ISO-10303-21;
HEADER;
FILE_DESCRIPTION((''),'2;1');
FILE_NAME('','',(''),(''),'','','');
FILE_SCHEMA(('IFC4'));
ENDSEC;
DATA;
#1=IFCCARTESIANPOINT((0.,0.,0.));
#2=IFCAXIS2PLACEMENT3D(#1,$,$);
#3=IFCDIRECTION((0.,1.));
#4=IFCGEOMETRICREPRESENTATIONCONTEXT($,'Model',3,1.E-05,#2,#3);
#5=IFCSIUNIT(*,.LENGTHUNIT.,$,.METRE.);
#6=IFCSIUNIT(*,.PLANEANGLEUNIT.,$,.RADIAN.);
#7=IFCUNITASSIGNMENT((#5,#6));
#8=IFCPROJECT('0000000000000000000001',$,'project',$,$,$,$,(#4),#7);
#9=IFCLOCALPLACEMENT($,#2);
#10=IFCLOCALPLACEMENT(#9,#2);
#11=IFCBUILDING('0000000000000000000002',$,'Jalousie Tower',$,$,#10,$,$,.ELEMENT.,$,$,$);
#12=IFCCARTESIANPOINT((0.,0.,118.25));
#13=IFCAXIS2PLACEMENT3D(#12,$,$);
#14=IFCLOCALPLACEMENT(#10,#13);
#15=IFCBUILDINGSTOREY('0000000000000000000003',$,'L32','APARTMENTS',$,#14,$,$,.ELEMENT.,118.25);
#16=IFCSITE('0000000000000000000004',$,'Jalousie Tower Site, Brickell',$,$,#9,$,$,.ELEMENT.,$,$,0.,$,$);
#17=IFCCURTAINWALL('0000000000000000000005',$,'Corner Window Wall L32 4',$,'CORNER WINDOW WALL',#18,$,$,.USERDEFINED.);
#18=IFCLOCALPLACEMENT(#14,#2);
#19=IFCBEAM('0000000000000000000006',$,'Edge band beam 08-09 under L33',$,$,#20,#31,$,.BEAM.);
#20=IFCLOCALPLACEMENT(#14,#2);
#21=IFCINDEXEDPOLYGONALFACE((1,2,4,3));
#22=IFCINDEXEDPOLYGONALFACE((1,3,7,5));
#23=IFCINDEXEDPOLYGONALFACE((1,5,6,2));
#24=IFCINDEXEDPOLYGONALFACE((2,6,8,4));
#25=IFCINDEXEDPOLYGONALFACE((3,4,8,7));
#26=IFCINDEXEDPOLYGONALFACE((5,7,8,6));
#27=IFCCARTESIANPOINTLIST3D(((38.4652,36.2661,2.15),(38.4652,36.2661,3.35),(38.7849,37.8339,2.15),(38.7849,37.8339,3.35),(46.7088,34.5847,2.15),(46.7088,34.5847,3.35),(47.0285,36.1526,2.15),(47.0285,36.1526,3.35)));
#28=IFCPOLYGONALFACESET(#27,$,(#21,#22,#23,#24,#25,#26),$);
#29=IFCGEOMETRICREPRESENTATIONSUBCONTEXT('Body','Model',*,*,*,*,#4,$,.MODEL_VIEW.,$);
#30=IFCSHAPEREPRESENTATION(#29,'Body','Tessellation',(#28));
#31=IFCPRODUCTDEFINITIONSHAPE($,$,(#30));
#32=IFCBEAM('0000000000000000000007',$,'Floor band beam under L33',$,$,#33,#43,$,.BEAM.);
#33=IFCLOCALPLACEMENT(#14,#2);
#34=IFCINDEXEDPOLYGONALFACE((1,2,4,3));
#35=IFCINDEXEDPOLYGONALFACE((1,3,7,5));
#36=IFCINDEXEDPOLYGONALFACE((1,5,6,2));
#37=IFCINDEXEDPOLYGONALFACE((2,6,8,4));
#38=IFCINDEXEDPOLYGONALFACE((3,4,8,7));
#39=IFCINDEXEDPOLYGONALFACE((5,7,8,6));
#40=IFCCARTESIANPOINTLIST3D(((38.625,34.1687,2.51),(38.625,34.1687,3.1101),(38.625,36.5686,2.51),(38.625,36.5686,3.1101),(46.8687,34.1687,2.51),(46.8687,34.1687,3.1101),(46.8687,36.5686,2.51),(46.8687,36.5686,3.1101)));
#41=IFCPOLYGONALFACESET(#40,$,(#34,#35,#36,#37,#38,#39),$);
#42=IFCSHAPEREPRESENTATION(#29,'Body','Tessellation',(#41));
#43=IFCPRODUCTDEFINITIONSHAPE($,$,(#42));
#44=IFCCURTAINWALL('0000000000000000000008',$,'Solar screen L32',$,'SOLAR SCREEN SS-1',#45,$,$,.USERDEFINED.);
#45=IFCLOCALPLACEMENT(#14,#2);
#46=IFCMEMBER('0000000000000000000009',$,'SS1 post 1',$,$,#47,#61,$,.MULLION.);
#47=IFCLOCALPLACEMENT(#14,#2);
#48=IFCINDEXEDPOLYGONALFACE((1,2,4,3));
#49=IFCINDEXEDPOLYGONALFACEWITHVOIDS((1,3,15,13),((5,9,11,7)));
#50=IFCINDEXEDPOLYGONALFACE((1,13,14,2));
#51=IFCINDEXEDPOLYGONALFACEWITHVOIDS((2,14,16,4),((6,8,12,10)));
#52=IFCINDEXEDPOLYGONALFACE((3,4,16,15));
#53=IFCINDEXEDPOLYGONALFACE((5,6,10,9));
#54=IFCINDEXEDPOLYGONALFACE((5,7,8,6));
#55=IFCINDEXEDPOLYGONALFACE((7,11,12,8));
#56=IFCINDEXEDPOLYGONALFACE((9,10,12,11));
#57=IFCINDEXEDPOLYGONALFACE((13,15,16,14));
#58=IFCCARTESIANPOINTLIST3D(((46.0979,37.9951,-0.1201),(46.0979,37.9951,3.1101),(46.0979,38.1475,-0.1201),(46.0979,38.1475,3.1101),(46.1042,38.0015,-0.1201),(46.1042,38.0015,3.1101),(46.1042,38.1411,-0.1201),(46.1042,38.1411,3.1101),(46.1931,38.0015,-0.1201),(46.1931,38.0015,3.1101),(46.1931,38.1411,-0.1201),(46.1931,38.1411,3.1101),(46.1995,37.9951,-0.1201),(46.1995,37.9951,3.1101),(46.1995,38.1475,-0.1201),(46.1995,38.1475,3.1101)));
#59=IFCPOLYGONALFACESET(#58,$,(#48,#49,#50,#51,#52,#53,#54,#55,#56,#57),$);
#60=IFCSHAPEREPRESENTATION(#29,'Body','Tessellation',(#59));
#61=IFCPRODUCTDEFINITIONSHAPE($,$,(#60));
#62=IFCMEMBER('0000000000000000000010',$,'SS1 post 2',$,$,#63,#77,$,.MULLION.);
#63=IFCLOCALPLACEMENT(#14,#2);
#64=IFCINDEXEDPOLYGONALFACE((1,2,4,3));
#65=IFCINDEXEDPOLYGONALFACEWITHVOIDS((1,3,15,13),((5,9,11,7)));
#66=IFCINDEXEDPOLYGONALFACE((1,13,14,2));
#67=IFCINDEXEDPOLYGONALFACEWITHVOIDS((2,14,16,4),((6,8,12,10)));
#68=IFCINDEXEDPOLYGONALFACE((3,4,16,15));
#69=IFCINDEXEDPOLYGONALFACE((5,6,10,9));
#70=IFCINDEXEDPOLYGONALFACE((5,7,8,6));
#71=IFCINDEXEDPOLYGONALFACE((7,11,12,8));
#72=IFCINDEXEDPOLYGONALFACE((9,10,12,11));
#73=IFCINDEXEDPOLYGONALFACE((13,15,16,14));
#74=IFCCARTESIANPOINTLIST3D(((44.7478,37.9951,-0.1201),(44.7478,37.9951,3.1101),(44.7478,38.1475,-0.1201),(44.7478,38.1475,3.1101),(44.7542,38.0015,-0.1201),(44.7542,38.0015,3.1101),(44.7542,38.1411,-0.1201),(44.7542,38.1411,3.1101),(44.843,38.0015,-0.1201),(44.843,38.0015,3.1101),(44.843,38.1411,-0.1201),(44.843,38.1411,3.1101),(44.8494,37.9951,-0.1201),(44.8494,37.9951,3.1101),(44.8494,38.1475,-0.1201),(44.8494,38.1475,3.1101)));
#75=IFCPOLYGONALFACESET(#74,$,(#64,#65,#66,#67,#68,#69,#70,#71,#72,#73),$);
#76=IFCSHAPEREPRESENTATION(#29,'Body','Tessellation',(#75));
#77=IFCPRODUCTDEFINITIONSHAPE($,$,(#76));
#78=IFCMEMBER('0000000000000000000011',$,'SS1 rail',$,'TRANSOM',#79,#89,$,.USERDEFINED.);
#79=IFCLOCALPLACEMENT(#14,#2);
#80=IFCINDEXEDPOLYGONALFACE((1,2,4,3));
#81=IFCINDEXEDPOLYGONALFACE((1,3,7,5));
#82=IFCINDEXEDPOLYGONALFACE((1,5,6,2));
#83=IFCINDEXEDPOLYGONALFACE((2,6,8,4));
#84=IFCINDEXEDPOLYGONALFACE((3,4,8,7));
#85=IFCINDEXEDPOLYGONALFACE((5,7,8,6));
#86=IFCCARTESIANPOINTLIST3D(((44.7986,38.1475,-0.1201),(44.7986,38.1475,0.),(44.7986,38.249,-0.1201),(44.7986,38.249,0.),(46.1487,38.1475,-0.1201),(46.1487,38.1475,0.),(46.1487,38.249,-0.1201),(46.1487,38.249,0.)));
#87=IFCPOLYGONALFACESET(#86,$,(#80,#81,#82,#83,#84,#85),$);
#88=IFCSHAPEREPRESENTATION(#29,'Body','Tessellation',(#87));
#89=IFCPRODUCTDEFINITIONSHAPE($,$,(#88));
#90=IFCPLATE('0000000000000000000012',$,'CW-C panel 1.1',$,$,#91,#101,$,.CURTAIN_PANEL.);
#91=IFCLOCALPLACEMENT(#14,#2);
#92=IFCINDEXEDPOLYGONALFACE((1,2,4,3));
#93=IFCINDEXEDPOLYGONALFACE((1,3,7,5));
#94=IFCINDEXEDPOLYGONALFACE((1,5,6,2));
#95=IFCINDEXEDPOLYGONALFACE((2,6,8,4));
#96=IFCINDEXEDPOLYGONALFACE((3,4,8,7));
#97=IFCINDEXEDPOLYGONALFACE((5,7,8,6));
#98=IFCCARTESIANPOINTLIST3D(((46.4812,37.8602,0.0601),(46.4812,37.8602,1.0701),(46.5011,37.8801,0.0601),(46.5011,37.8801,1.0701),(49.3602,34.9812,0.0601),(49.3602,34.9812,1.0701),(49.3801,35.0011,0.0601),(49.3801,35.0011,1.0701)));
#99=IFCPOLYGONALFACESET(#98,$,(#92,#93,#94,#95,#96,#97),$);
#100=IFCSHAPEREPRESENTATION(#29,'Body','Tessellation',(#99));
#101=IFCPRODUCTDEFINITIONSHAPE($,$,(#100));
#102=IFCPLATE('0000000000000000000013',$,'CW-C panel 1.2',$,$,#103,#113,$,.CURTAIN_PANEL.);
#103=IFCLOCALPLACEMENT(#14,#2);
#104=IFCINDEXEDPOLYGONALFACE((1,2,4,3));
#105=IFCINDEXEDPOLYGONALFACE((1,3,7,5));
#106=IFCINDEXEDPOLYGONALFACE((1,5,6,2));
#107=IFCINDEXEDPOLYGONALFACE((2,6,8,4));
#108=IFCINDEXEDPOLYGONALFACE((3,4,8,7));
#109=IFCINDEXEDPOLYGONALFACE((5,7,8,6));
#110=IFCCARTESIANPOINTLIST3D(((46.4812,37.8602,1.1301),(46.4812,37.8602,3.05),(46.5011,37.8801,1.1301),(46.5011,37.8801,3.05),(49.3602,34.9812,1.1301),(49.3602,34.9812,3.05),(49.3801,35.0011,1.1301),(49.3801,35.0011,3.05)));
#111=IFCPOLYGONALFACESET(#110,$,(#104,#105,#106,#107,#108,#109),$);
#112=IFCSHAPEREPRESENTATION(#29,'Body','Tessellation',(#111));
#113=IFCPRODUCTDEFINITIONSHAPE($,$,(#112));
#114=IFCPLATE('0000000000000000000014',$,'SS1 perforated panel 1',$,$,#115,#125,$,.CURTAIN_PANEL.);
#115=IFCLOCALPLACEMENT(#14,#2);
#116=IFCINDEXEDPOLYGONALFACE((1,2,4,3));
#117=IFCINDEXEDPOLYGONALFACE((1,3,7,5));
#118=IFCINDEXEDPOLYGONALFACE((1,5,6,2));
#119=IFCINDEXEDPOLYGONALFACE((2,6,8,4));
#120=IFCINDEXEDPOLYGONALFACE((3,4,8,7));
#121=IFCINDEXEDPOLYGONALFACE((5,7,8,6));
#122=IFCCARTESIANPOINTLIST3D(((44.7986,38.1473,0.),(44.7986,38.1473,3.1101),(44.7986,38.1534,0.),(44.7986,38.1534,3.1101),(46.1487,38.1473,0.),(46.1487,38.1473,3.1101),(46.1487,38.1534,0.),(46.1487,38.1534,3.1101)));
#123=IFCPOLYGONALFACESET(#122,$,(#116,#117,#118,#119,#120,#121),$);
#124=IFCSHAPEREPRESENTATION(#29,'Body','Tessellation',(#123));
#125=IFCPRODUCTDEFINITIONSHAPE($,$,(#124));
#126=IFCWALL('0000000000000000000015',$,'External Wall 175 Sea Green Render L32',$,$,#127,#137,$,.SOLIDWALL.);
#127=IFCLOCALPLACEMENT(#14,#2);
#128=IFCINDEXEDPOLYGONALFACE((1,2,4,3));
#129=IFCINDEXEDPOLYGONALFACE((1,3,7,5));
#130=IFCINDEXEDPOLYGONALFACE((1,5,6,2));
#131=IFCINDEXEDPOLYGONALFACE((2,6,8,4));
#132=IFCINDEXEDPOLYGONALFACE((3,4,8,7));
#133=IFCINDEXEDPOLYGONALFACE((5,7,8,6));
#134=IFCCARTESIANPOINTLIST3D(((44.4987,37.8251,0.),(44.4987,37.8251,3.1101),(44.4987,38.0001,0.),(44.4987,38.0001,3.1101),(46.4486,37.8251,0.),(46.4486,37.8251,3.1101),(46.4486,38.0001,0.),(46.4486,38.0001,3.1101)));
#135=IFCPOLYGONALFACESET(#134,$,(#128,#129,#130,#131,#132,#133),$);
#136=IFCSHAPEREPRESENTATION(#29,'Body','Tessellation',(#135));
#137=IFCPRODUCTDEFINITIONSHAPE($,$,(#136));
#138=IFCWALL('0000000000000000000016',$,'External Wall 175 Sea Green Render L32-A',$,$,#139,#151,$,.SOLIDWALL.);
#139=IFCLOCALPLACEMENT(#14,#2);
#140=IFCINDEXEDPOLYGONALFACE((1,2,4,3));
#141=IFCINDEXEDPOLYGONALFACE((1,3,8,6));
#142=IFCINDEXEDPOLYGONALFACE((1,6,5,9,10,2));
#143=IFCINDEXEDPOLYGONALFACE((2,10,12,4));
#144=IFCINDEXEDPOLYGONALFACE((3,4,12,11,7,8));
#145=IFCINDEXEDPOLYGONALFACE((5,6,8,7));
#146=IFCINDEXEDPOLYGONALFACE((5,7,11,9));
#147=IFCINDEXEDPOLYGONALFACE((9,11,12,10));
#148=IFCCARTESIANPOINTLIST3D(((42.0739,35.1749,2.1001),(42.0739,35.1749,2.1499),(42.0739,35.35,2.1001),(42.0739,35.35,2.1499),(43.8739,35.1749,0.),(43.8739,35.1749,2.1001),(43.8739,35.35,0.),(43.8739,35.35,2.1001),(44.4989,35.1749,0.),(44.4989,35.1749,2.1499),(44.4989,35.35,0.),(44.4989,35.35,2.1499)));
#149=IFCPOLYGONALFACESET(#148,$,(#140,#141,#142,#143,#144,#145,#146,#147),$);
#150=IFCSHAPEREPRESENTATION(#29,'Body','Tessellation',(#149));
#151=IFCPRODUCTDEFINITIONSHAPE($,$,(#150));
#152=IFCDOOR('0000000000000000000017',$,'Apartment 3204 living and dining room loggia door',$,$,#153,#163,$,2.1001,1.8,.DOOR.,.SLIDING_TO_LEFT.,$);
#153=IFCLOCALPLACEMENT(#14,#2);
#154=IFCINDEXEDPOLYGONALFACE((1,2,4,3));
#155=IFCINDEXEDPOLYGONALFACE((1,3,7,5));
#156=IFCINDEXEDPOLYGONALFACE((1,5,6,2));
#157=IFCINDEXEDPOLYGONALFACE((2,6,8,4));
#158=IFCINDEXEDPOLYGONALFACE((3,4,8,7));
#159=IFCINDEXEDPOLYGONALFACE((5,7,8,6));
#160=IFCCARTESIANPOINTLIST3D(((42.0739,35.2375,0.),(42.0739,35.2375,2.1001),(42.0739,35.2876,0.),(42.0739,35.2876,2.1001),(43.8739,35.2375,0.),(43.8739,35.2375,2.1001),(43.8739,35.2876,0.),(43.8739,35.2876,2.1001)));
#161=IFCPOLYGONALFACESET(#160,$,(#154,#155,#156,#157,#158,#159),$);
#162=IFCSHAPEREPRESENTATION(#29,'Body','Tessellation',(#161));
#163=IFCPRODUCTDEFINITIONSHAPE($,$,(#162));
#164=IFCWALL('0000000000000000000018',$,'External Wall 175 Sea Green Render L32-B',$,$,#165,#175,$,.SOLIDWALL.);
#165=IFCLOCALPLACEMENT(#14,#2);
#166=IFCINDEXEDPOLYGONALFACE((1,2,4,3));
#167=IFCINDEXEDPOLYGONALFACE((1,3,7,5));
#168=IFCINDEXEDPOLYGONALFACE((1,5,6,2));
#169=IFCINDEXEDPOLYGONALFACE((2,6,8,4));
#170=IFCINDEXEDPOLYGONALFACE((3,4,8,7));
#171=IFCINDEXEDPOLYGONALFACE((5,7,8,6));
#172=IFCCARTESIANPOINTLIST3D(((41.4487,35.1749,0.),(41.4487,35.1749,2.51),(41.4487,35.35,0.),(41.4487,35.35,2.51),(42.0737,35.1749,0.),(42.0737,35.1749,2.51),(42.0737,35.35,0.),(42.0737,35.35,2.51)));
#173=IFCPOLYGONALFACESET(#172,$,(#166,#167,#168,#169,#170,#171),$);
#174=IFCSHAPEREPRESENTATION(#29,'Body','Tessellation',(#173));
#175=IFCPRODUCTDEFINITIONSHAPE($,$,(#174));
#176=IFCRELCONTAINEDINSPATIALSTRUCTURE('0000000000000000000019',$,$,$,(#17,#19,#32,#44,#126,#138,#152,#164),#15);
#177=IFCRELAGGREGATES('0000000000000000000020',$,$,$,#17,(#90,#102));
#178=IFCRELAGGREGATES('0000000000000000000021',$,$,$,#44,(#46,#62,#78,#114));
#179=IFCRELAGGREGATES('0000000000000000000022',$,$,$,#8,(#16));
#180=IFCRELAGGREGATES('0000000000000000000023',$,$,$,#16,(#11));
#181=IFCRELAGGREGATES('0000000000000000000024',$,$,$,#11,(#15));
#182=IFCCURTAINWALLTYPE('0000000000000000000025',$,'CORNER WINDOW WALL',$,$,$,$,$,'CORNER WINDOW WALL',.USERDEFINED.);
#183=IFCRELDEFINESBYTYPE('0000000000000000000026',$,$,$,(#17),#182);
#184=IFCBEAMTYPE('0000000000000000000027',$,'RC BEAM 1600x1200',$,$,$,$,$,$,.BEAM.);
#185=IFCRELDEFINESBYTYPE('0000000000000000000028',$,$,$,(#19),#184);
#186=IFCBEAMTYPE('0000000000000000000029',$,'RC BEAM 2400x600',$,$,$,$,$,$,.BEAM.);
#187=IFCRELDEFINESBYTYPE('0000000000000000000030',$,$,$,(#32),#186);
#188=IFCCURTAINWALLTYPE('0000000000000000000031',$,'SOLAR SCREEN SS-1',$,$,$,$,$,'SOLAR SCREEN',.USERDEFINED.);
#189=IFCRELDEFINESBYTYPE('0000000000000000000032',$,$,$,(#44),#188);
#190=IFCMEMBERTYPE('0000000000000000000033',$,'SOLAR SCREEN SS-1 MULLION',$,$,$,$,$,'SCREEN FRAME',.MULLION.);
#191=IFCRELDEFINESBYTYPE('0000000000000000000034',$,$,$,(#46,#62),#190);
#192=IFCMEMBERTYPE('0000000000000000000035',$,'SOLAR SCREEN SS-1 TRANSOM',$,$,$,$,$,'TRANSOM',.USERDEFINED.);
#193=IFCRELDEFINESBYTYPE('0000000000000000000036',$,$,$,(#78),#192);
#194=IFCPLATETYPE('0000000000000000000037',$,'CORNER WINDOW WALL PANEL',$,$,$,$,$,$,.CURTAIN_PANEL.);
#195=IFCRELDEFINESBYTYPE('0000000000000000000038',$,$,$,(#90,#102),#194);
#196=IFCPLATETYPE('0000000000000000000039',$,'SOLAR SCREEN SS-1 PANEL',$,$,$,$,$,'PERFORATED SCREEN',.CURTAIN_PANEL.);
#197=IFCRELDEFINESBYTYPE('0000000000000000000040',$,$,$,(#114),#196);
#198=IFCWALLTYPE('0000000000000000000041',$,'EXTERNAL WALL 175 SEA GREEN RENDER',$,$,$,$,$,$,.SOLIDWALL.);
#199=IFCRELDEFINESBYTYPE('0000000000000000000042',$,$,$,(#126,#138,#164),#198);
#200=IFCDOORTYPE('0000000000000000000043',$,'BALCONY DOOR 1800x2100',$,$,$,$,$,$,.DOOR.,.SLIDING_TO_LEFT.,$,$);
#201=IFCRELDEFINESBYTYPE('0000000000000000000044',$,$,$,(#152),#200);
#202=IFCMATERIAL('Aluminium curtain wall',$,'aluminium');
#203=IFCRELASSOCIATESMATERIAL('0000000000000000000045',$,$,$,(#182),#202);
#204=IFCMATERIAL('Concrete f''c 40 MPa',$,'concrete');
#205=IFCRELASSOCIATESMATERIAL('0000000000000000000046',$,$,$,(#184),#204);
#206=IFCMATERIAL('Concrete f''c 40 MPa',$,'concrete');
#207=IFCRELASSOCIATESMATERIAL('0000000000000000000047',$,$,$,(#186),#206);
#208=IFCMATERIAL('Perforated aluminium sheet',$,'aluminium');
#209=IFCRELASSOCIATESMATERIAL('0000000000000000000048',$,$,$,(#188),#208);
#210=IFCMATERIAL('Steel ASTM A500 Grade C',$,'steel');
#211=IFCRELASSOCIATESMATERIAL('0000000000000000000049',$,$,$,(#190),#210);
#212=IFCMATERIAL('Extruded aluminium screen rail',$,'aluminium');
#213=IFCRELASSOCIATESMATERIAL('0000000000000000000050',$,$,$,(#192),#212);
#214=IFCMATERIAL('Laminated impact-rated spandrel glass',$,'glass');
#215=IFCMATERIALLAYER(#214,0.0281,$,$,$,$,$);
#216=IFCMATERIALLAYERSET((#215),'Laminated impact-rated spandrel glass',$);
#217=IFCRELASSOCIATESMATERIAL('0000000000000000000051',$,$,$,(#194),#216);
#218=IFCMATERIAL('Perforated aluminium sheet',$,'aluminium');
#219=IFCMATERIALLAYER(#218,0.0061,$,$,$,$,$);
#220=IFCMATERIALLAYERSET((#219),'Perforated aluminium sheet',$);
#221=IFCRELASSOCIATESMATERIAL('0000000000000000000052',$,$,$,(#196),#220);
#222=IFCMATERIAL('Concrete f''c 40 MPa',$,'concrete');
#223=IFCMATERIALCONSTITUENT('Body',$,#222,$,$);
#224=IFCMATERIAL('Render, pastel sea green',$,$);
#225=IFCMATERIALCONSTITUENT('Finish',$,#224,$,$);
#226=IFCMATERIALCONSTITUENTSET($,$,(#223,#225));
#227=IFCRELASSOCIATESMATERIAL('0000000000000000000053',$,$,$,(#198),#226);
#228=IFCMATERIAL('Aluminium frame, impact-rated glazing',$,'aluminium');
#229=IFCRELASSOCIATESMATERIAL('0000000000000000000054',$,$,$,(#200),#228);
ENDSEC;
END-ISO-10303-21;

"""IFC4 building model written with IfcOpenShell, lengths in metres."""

from ifc_helpers import new_model, si_unit, direction, frame, frame_2d, origin, origin_2d, place, context, subcontext, project, spatial, rectangle, hollow_rectangle, extrude, material, layer, layer_set, constituent, constituent_set, material_profile, profile_set, type_object, element, fill, aggregate, save


model = new_model("IFC4")

# Units and contexts
model_context = context("Model", 3, precision=1e-05, world=origin(), true_north=direction((0.0, 1.0)))
body_context = subcontext(model_context, "Body", "Model", "MODEL_VIEW")
ifc_project = project(units=[si_unit("LENGTHUNIT", "METRE"), si_unit("PLANEANGLEUNIT", "RADIAN")], contexts=[model_context])

# Site, building, storey
site_placement = place(None, origin())
site = spatial("IfcSite", under=ifc_project, at=site_placement, Name="Jalousie Tower Site, Brickell", CompositionType="ELEMENT", RefElevation=0.0)
building_placement = place(site_placement, origin())
building = spatial("IfcBuilding", under=site, at=building_placement, Name="Jalousie Tower", CompositionType="ELEMENT")
storey_placement = place(building_placement, frame((0.0, 0.0, 118.25)))
storey = spatial("IfcBuildingStorey", under=building, at=storey_placement, Name="L32", Description="APARTMENTS", CompositionType="ELEMENT", Elevation=118.25)

# Curtain wall
ifc_material_1 = material(Name="Aluminium curtain wall", Category="aluminium")
curtain_wall_type_1 = type_object("IfcCurtainWallType", Name="CORNER WINDOW WALL", ElementType="CORNER WINDOW WALL", PredefinedType="USERDEFINED", material=ifc_material_1)
curtain_wall_1_placement = place(storey_placement, origin())
curtain_wall_1 = element("IfcCurtainWall", 1, at=curtain_wall_1_placement, inside=storey, type_object=curtain_wall_type_1, Name="Corner Window Wall L32 4", ObjectType="CORNER WINDOW WALL", PredefinedType="USERDEFINED")

# Beams
ifc_material_2 = material(Name="Concrete f'c 40 MPa", Category="concrete")
ifc_material_profile_1 = material_profile(ifc_material_2, rectangle(XDim=1.6001, YDim=1.2, at=origin_2d()), Name="RC 1600x1200")
ifc_profile_set_1 = profile_set([ifc_material_profile_1], Name="Concrete f'c 40 MPa")
beam_type_1 = type_object("IfcBeamType", Name="RC BEAM 1600x1200", PredefinedType="BEAM", material=ifc_profile_set_1)
beam_1_placement = place(storey_placement, frame((46.8687, 35.3687, 2.75), z_axis=(-0.979827, 0.199848, 0.0), x_axis=(-0.199848, -0.979827, 0.0)))
element("IfcBeam", 2, at=beam_1_placement, inside=storey, type_object=beam_type_1, Name="Edge band beam 08-09 under L33", PredefinedType="BEAM", context=body_context, shape_type="SweptSolid", body=[
    extrude(rectangle(XDim=1.6001, YDim=1.2, at=origin_2d()), origin(), (0.0, 0.0, 1.0), 8.4133),
])
ifc_material_3 = material(Name="Concrete f'c 40 MPa", Category="concrete")
ifc_material_profile_2 = material_profile(ifc_material_3, rectangle(XDim=2.3999, YDim=0.6001, at=origin_2d()), Name="RC 2400x600")
ifc_profile_set_2 = profile_set([ifc_material_profile_2], Name="Concrete f'c 40 MPa")
beam_type_2 = type_object("IfcBeamType", Name="RC BEAM 2400x600", PredefinedType="BEAM", material=ifc_profile_set_2)
beam_2_placement = place(storey_placement, frame((46.8687, 35.3687, 2.8101), z_axis=(-1.0, 0.0, 0.0), x_axis=(0.0, -1.0, 0.0)))
element("IfcBeam", 3, at=beam_2_placement, inside=storey, type_object=beam_type_2, Name="Floor band beam under L33", PredefinedType="BEAM", context=body_context, shape_type="SweptSolid", body=[
    extrude(rectangle(XDim=2.3999, YDim=0.6001, at=origin_2d()), origin(), (0.0, 0.0, 1.0), 8.2437),
])

# Curtain wall, members
ifc_material_4 = material(Name="Perforated aluminium sheet", Category="aluminium")
curtain_wall_type_2 = type_object("IfcCurtainWallType", Name="SOLAR SCREEN SS-1", ElementType="SOLAR SCREEN", PredefinedType="USERDEFINED", material=ifc_material_4)
curtain_wall_2_placement = place(storey_placement, origin())
curtain_wall_2 = element("IfcCurtainWall", 4, at=curtain_wall_2_placement, inside=storey, type_object=curtain_wall_type_2, Name="Solar screen L32", ObjectType="SOLAR SCREEN SS-1", PredefinedType="USERDEFINED")
ifc_material_5 = material(Name="Steel ASTM A500 Grade C", Category="steel")
ifc_material_profile_3 = material_profile(ifc_material_5, hollow_rectangle(XDim=0.1016, YDim=0.1523, WallThickness=0.0063, at=origin_2d()), Name="HSS6X4X1/4")
ifc_profile_set_3 = profile_set([ifc_material_profile_3], Name="Steel ASTM A500 Grade C")
member_type_1 = type_object("IfcMemberType", Name="SOLAR SCREEN SS-1 MULLION", ElementType="SCREEN FRAME", PredefinedType="MULLION", material=ifc_profile_set_3)
member_1_placement = place(storey_placement, frame((46.1487, 38.0713, -0.1201), z_axis=(0.0, 0.0, 1.0), x_axis=(-1.0, 0.0, 0.0)))
member_1 = element("IfcMember", 5, at=member_1_placement, type_object=member_type_1, Name="SS1 post 1", PredefinedType="MULLION", context=body_context, shape_type="SweptSolid", body=[
    extrude(hollow_rectangle(XDim=0.1016, YDim=0.1523, WallThickness=0.0063, at=origin_2d()), origin(), (0.0, 0.0, 1.0), 3.2302),
])
member_2_placement = place(storey_placement, frame((44.7986, 38.0713, -0.1201), z_axis=(0.0, 0.0, 1.0), x_axis=(-1.0, 0.0, 0.0)))
member_2 = element("IfcMember", 6, at=member_2_placement, type_object=member_type_1, Name="SS1 post 2", PredefinedType="MULLION", context=body_context, shape_type="SweptSolid", body=[
    extrude(hollow_rectangle(XDim=0.1016, YDim=0.1523, WallThickness=0.0063, at=origin_2d()), origin(), (0.0, 0.0, 1.0), 3.2302),
])
ifc_material_6 = material(Name="Extruded aluminium screen rail", Category="aluminium")
ifc_material_profile_4 = material_profile(ifc_material_6, rectangle(XDim=0.1016, YDim=0.1201, at=origin_2d()), Name="RAIL 102x120")
ifc_profile_set_4 = profile_set([ifc_material_profile_4], Name="Extruded aluminium screen rail")
member_type_2 = type_object("IfcMemberType", Name="SOLAR SCREEN SS-1 TRANSOM", ElementType="TRANSOM", PredefinedType="USERDEFINED", material=ifc_profile_set_4)
member_3_placement = place(storey_placement, frame((46.1487, 38.1982, -0.0601), z_axis=(-1.0, 0.0, 0.0), x_axis=(0.0, -1.0, 0.0)))
member_3 = element("IfcMember", 7, at=member_3_placement, type_object=member_type_2, Name="SS1 rail", ObjectType="TRANSOM", PredefinedType="USERDEFINED", context=body_context, shape_type="SweptSolid", body=[
    extrude(rectangle(XDim=0.1016, YDim=0.1201, at=origin_2d()), origin(), (0.0, 0.0, 1.0), 1.3501),
])

# Plates
ifc_material_7 = material(Name="Laminated impact-rated spandrel glass", Category="glass")
ifc_layer_1 = layer(ifc_material_7, 0.0281)
ifc_layer_set_1 = layer_set([ifc_layer_1], Name="Laminated impact-rated spandrel glass")
plate_type_1 = type_object("IfcPlateType", Name="CORNER WINDOW WALL PANEL", PredefinedType="CURTAIN_PANEL", material=ifc_layer_set_1)
plate_1_placement = place(storey_placement, frame((47.9307, 36.4307, 0.0601), z_axis=(0.0, 0.0, 1.0), x_axis=(-0.707107, 0.707107, 0.0)))
plate_1 = element("IfcPlate", 8, at=plate_1_placement, type_object=plate_type_1, Name="CW-C panel 1.1", PredefinedType="CURTAIN_PANEL", context=body_context, shape_type="SweptSolid", body=[
    extrude(rectangle(XDim=4.0715, YDim=0.0281, at=origin_2d()), origin(), (0.0, 0.0, 1.0), 1.01),
])
plate_2_placement = place(storey_placement, frame((47.9307, 36.4307, 1.1301), z_axis=(0.0, 0.0, 1.0), x_axis=(-0.707107, 0.707107, 0.0)))
plate_2 = element("IfcPlate", 9, at=plate_2_placement, type_object=plate_type_1, Name="CW-C panel 1.2", PredefinedType="CURTAIN_PANEL", context=body_context, shape_type="SweptSolid", body=[
    extrude(rectangle(XDim=4.0715, YDim=0.0281, at=origin_2d()), origin(), (0.0, 0.0, 1.0), 1.9199),
])
aggregate(curtain_wall_1, [plate_1, plate_2])
ifc_material_8 = material(Name="Perforated aluminium sheet", Category="aluminium")
ifc_layer_2 = layer(ifc_material_8, 0.0061)
ifc_layer_set_2 = layer_set([ifc_layer_2], Name="Perforated aluminium sheet")
plate_type_2 = type_object("IfcPlateType", Name="SOLAR SCREEN SS-1 PANEL", ElementType="PERFORATED SCREEN", PredefinedType="CURTAIN_PANEL", material=ifc_layer_set_2)
plate_3_placement = place(storey_placement, frame((45.4736, 38.1504, 0.0), z_axis=(0.0, 0.0, 1.0), x_axis=(-1.0, 0.0, 0.0)))
plate_3 = element("IfcPlate", 10, at=plate_3_placement, type_object=plate_type_2, Name="SS1 perforated panel 1", PredefinedType="CURTAIN_PANEL", context=body_context, shape_type="SweptSolid", body=[
    extrude(rectangle(XDim=1.3501, YDim=0.0061, at=origin_2d()), origin(), (0.0, 0.0, 1.0), 3.1101),
])
aggregate(curtain_wall_2, [member_1, member_2, member_3, plate_3])

# Wall
ifc_material_9 = material(Name="Concrete f'c 40 MPa", Category="concrete")
ifc_constituent_1 = constituent(ifc_material_9, Name="Body")
ifc_material_10 = material(Name="Render, pastel sea green")
ifc_constituent_2 = constituent(ifc_material_10, Name="Finish")
ifc_constituent_set_1 = constituent_set(constituents=[ifc_constituent_1, ifc_constituent_2])
wall_type_1 = type_object("IfcWallType", Name="EXTERNAL WALL 175 SEA GREEN RENDER", PredefinedType="SOLIDWALL", material=ifc_constituent_set_1)
wall_1_placement = place(storey_placement, frame((46.4487, 37.9126, 0.0), z_axis=(0.0, 0.0, 1.0), x_axis=(-1.0, 0.0, 0.0)))
element("IfcWall", 11, at=wall_1_placement, inside=storey, type_object=wall_type_1, Name="External Wall 175 Sea Green Render L32", PredefinedType="SOLIDWALL", context=body_context, shape_type="SweptSolid", body=[
    extrude(rectangle(XDim=1.95, YDim=0.175, at=frame_2d((0.9751, 0.0))), origin(), (0.0, 0.0, 1.0), 3.1101),
])

# Wall, opening, door
wall_2_placement = place(storey_placement, frame((44.4988, 35.2625, 0.0), z_axis=(0.0, 0.0, 1.0), x_axis=(-1.0, 0.0, 0.0)))
wall_2 = element("IfcWall", 12, at=wall_2_placement, inside=storey, type_object=wall_type_1, Name="External Wall 175 Sea Green Render L32-A", PredefinedType="SOLIDWALL", context=body_context, shape_type="SweptSolid", body=[
    extrude(rectangle(XDim=2.425, YDim=0.175, at=frame_2d((1.2124, 0.0))), origin(), (0.0, 0.0, 1.0), 2.1499),
])
opening_1_placement = place(wall_2_placement, frame((0.625, 0.0, 0.0)))
opening_1 = element("IfcOpeningElement", 13, at=opening_1_placement, cuts=wall_2, PredefinedType="OPENING", context=body_context, shape_type="SweptSolid", body=[
    extrude(rectangle(XDim=1.8, YDim=2.1001, at=frame_2d((0.8999, 1.05))), frame((0.0, 0.0974, 0.0), z_axis=(0.0, -1.0, 0.0), x_axis=(1.0, 0.0, 0.0)), (0.0, 0.0, 1.0), 0.1951),
])
ifc_material_11 = material(Name="Aluminium frame, impact-rated glazing", Category="aluminium")
door_type_1 = type_object("IfcDoorType", Name="BALCONY DOOR 1800x2100", OperationType="SLIDING_TO_LEFT", PredefinedType="DOOR", material=ifc_material_11)
door_1_placement = place(opening_1_placement, origin())
door_1 = element("IfcDoor", 14, at=door_1_placement, inside=storey, type_object=door_type_1, Name="Apartment 3204 living and dining room loggia door", OperationType="SLIDING_TO_LEFT", OverallHeight=2.1001, OverallWidth=1.8, PredefinedType="DOOR", context=body_context, shape_type="SweptSolid", body=[
    extrude(rectangle(XDim=1.8, YDim=2.1001, at=frame_2d((0.8999, 1.05))), frame((0.0, 0.0249, 0.0), z_axis=(0.0, -1.0, 0.0), x_axis=(1.0, 0.0, 0.0)), (0.0, 0.0, 1.0), 0.05),
])
fill(opening_1, door_1)

# Wall
wall_3_placement = place(storey_placement, frame((42.0737, 35.2625, 0.0), z_axis=(0.0, 0.0, 1.0), x_axis=(-1.0, 0.0, 0.0)))
element("IfcWall", 15, at=wall_3_placement, inside=storey, type_object=wall_type_1, Name="External Wall 175 Sea Green Render L32-B", PredefinedType="SOLIDWALL", context=body_context, shape_type="SweptSolid", body=[
    extrude(rectangle(XDim=0.625, YDim=0.175, at=frame_2d((0.3125, 0.0))), origin(), (0.0, 0.0, 1.0), 2.51),
])

save(model, "model.ifc")
